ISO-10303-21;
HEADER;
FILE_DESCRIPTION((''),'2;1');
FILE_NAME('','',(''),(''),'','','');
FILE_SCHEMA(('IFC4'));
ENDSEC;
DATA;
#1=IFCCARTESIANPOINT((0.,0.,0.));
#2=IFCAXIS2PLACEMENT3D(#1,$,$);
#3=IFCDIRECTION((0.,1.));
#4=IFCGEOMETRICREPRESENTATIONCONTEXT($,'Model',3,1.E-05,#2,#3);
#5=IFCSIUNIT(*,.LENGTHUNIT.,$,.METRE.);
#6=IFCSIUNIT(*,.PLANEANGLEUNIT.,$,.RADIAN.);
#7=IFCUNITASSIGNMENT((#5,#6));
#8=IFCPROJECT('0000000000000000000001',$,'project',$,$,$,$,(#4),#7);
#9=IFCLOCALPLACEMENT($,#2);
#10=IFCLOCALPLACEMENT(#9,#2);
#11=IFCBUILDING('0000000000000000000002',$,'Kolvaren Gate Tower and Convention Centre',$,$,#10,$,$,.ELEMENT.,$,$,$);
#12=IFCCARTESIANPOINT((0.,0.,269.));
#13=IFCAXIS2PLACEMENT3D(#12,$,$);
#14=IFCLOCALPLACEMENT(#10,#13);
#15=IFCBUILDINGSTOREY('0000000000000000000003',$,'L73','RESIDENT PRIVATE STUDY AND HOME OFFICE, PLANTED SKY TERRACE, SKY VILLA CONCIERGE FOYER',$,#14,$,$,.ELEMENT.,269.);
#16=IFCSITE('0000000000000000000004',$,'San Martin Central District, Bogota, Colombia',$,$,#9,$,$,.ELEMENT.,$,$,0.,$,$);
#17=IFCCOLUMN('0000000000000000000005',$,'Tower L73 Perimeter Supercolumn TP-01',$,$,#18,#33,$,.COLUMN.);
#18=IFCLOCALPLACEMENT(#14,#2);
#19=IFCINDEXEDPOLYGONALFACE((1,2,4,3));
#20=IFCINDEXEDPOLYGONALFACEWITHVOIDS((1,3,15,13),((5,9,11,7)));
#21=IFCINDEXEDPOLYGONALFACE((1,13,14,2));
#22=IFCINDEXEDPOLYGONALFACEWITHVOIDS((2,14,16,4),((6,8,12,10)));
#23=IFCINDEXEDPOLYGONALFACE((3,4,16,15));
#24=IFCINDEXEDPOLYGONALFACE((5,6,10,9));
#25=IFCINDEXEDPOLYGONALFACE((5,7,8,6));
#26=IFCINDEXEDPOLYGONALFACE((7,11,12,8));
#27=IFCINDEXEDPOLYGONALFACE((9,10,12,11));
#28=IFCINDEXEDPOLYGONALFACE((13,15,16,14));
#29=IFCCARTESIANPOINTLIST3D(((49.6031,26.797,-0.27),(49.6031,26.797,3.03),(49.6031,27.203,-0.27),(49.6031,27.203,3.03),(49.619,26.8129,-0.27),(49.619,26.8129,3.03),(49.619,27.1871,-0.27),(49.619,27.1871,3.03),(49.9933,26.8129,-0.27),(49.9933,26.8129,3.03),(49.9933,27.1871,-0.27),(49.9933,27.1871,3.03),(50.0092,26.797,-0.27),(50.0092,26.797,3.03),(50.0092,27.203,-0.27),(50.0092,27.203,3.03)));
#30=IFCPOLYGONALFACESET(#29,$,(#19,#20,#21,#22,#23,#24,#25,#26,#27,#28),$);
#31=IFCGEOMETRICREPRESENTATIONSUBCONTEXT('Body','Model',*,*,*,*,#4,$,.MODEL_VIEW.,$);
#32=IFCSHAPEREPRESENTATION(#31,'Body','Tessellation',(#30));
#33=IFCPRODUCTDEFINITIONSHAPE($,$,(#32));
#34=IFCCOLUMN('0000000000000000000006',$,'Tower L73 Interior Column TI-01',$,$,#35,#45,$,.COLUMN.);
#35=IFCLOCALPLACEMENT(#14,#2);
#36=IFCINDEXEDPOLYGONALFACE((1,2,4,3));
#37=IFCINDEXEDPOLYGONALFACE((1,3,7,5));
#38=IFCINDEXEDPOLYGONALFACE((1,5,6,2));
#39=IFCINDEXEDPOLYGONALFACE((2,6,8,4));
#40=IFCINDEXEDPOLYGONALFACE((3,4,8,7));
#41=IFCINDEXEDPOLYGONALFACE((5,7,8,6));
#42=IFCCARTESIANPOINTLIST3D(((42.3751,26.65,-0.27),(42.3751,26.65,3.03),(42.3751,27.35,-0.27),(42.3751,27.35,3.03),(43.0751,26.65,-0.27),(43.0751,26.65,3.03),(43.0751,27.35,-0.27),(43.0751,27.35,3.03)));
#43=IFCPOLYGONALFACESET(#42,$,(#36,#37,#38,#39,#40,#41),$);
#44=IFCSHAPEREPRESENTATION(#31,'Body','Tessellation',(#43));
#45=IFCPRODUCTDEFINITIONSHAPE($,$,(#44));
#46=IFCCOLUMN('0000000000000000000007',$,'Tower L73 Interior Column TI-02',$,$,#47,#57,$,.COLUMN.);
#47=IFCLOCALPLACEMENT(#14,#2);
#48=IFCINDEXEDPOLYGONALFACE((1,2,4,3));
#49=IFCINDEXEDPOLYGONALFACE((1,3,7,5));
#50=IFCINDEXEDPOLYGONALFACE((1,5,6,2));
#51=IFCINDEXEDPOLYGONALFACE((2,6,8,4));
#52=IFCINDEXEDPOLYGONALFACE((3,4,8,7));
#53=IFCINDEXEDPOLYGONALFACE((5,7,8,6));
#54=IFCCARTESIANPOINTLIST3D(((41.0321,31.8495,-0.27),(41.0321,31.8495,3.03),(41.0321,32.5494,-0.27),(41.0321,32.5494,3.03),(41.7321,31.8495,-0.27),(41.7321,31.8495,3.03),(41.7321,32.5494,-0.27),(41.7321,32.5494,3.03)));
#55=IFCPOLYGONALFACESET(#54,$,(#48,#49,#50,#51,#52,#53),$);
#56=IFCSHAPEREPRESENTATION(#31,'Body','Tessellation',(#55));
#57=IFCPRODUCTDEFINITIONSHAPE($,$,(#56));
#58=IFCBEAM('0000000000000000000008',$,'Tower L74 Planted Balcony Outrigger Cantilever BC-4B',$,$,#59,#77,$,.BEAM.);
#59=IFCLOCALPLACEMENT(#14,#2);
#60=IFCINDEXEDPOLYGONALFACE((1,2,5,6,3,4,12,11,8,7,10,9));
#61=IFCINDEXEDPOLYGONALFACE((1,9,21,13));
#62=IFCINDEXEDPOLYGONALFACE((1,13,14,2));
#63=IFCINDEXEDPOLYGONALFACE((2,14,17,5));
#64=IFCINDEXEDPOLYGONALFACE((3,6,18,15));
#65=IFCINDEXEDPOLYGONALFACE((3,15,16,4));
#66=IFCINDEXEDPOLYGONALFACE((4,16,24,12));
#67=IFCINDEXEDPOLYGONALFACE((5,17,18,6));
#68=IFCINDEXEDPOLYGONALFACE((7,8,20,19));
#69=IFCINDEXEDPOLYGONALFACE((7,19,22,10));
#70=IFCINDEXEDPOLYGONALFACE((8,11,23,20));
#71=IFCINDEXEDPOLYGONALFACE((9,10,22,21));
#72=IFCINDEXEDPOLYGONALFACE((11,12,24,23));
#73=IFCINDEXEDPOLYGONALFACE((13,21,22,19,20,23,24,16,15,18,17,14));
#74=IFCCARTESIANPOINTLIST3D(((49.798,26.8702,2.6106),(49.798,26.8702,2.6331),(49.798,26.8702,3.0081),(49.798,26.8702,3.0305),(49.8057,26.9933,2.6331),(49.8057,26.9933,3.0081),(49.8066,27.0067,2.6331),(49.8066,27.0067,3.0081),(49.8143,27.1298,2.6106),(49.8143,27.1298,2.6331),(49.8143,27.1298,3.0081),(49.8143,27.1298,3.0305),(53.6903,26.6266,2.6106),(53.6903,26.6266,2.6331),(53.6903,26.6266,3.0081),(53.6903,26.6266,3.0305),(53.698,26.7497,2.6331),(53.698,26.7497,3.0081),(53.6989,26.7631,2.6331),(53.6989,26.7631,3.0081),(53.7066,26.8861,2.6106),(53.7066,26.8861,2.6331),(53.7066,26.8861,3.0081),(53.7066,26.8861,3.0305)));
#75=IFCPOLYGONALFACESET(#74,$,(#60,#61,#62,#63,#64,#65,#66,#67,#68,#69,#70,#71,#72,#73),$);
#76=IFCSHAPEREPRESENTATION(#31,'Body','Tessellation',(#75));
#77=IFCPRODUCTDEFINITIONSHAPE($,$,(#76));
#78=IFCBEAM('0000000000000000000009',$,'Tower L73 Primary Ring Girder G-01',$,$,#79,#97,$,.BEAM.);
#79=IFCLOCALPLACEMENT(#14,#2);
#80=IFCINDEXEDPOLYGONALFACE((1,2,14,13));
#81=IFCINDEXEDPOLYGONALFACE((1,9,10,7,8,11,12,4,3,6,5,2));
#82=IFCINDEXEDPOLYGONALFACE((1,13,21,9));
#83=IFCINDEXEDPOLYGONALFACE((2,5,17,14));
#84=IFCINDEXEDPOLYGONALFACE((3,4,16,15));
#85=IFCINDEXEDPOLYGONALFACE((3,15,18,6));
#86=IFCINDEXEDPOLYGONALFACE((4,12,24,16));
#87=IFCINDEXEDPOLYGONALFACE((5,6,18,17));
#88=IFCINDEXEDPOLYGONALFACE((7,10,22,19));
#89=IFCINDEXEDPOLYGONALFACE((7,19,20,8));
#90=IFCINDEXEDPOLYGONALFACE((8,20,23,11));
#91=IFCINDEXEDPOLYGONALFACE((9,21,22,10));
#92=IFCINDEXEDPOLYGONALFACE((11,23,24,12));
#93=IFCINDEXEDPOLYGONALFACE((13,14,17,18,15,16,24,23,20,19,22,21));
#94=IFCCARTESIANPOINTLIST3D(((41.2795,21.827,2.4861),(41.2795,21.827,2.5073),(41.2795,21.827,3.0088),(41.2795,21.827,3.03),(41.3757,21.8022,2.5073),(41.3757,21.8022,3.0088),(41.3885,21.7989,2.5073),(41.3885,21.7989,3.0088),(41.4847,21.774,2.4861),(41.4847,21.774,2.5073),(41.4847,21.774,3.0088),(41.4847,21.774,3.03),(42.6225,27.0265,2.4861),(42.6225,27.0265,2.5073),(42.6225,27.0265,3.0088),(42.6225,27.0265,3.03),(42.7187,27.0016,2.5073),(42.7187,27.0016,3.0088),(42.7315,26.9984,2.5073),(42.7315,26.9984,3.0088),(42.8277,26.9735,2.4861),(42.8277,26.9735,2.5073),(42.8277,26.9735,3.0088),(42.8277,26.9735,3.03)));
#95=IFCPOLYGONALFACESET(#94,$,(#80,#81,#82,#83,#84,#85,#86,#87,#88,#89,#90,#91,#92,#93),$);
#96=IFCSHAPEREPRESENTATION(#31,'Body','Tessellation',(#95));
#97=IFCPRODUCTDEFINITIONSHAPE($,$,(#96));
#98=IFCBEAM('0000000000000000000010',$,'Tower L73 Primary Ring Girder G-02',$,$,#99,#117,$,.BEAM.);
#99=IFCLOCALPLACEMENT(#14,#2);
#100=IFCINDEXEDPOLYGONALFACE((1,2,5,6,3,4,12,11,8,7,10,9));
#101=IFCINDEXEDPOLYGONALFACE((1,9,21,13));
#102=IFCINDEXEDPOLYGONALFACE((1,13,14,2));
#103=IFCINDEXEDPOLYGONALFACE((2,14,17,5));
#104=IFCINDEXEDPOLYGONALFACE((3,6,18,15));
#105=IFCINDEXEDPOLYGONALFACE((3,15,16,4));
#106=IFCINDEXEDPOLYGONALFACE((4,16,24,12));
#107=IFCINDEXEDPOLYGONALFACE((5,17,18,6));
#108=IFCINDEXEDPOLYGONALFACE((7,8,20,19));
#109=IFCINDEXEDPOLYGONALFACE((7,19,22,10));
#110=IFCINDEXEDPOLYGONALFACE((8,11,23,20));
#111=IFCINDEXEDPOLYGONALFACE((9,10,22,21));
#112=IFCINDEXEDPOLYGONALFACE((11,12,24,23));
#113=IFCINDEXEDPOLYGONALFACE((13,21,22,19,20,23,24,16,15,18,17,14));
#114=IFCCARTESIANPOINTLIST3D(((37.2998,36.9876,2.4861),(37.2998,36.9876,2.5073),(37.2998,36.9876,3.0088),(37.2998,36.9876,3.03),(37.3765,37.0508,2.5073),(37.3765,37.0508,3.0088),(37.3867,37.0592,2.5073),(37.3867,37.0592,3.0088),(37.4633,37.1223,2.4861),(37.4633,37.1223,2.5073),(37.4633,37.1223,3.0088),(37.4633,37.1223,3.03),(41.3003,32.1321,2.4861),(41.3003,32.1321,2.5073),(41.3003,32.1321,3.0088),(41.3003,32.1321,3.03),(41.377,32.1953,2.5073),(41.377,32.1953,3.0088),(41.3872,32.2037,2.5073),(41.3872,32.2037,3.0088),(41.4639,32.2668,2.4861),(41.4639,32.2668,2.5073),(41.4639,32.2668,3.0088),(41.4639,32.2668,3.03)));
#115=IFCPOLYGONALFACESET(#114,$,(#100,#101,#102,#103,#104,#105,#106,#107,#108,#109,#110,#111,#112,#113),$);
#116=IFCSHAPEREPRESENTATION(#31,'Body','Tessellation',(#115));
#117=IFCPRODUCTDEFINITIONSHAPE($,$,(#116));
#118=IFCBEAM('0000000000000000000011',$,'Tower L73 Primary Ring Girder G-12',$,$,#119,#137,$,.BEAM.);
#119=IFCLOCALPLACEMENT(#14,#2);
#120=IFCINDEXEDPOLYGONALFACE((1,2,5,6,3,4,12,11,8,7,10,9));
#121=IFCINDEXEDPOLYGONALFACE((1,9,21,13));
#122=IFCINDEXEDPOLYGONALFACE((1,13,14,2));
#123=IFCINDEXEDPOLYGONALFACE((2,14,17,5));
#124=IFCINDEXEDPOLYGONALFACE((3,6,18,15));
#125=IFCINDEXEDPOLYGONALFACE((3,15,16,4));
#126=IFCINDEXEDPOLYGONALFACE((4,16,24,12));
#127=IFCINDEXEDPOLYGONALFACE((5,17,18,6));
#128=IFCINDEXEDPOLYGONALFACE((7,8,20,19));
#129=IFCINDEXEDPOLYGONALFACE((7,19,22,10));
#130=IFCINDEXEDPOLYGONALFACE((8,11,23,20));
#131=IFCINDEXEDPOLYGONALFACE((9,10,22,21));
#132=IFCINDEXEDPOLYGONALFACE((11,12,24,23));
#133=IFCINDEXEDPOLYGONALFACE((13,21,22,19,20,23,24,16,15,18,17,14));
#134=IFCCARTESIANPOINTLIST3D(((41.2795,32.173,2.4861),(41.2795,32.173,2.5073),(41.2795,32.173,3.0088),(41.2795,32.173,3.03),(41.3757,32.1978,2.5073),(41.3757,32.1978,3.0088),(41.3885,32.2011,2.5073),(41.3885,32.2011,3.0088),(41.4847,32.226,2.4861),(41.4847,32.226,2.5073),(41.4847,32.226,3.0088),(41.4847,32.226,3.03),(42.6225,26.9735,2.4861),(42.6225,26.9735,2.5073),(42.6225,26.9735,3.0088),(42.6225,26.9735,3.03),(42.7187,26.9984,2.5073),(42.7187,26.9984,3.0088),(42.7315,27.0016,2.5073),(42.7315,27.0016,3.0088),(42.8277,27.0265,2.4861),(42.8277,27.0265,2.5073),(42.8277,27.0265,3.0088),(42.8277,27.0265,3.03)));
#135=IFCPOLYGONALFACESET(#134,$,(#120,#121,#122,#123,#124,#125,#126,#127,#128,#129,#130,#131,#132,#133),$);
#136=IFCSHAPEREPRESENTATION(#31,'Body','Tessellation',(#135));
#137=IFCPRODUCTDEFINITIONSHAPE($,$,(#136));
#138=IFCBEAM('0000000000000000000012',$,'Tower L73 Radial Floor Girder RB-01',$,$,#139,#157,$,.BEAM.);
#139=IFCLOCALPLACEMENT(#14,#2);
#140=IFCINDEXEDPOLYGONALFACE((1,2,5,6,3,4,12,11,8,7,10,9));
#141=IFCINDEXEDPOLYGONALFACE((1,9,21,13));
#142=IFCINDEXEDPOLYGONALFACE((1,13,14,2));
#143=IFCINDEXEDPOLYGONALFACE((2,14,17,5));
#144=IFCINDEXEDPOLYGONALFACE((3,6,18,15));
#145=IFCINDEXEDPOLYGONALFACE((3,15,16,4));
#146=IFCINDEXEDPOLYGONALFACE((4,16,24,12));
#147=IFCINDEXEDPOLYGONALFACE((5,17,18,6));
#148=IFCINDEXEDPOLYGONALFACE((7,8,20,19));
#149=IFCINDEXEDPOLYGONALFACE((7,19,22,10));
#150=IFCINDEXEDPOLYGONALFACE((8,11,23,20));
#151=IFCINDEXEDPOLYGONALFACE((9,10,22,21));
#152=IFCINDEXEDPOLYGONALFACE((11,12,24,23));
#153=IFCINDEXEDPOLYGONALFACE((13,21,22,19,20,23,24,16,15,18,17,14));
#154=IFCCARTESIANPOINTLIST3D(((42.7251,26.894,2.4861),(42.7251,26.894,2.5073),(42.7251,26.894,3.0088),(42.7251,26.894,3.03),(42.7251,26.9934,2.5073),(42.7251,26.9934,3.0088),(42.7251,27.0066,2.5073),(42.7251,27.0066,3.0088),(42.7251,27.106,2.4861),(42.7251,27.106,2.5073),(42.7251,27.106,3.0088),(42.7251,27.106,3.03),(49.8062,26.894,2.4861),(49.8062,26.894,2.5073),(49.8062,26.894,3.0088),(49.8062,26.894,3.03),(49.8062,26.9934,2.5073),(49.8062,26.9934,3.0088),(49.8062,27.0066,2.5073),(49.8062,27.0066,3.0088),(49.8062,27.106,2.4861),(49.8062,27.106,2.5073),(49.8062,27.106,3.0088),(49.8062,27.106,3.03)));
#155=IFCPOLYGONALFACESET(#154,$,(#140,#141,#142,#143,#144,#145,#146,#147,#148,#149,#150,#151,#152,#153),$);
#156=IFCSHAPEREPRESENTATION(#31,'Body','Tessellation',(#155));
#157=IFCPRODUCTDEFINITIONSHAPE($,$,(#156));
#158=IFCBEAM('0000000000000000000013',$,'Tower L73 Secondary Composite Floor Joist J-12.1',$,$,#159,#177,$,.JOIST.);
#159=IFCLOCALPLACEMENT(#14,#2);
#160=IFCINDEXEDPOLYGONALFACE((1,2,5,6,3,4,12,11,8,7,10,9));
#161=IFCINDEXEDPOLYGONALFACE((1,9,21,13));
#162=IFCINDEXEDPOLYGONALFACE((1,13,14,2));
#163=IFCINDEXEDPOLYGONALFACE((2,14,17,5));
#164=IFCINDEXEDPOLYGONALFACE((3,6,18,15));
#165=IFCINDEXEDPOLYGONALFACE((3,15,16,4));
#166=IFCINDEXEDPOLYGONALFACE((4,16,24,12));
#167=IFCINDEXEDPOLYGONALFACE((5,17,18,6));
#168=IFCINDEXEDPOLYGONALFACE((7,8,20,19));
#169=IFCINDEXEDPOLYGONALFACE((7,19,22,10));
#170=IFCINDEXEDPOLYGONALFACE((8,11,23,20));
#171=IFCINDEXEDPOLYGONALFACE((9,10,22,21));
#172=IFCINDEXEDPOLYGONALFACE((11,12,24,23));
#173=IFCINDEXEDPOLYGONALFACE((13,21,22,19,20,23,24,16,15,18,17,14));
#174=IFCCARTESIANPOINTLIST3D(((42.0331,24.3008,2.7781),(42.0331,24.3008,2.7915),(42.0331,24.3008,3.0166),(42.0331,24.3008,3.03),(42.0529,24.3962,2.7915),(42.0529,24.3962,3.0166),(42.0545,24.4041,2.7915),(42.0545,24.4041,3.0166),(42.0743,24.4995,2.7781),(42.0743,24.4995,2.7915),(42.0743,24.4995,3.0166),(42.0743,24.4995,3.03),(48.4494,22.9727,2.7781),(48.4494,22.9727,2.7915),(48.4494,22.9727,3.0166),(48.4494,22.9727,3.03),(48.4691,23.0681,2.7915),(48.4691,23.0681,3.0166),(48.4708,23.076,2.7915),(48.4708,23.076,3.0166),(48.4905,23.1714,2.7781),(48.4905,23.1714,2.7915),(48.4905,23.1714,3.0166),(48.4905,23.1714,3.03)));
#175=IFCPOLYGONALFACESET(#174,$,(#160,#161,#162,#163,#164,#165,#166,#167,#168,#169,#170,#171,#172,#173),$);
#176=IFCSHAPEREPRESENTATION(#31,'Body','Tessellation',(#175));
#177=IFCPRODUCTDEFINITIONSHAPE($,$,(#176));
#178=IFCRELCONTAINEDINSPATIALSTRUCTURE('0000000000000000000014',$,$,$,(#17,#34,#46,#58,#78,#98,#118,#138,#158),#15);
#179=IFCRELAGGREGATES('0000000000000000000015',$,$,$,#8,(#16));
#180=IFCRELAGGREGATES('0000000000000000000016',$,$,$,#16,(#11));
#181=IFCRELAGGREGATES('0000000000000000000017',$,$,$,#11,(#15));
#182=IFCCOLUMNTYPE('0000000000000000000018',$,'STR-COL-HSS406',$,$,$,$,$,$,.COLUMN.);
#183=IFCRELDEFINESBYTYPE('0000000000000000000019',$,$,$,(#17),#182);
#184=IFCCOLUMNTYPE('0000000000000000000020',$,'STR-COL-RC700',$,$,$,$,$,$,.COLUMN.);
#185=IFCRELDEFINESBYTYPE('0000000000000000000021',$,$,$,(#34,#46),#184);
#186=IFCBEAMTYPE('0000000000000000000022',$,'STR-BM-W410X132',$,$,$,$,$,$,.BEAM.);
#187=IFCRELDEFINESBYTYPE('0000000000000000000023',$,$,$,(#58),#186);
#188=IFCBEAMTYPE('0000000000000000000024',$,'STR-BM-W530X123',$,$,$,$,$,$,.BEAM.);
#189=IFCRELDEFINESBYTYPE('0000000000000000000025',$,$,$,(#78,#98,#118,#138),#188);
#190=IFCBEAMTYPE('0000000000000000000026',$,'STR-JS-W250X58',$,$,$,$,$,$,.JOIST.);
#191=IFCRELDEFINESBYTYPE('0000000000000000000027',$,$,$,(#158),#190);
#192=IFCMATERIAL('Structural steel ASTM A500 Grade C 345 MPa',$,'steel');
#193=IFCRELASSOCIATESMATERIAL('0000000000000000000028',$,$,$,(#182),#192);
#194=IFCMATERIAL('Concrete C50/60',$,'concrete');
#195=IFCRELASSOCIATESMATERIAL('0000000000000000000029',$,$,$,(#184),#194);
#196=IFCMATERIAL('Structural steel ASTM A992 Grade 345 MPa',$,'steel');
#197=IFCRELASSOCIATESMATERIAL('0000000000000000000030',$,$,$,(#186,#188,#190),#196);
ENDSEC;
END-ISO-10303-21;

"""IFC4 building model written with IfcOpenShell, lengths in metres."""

from ifc_helpers import new_model, si_unit, direction, frame, origin, origin_2d, place, context, subcontext, project, spatial, rectangle, hollow_rectangle, i_section, extrude, material, material_profile, profile_set, type_object, element, save


model = new_model("IFC4")

# Units and contexts
model_context = context("Model", 3, precision=1e-05, world=origin(), true_north=direction((0.0, 1.0)))
body_context = subcontext(model_context, "Body", "Model", "MODEL_VIEW")
ifc_project = project(units=[si_unit("LENGTHUNIT", "METRE"), si_unit("PLANEANGLEUNIT", "RADIAN")], contexts=[model_context])

# Site, building, storey
site_placement = place(None, origin())
site = spatial("IfcSite", under=ifc_project, at=site_placement, Name="San Martin Central District, Bogota, Colombia", CompositionType="ELEMENT", RefElevation=0.0)
building_placement = place(site_placement, origin())
building = spatial("IfcBuilding", under=site, at=building_placement, Name="Kolvaren Gate Tower and Convention Centre", CompositionType="ELEMENT")
storey_placement = place(building_placement, frame((0.0, 0.0, 269.0)))
storey = spatial("IfcBuildingStorey", under=building, at=storey_placement, Name="L73", Description="RESIDENT PRIVATE STUDY AND HOME OFFICE, PLANTED SKY TERRACE, SKY VILLA CONCIERGE FOYER", CompositionType="ELEMENT", Elevation=269.0)

# Columns
ifc_material_1 = material(Name="Structural steel ASTM A500 Grade C 345 MPa", Category="steel")
ifc_material_profile_1 = material_profile(ifc_material_1, hollow_rectangle(XDim=0.406, YDim=0.406, WallThickness=0.0159, at=origin_2d()), Name="HSS406X406X15.9")
ifc_profile_set_1 = profile_set([ifc_material_profile_1], Name="Structural steel ASTM A500 Grade C 345 MPa")
column_type_1 = type_object("IfcColumnType", Name="STR-COL-HSS406", PredefinedType="COLUMN", material=ifc_profile_set_1)
column_placement = place(storey_placement, frame((49.8062, 27.0, -0.27), z_axis=(0.0, 0.0, 1.0), x_axis=(1.0, 0.0, 0.0)))
element("IfcColumn", 1, at=column_placement, inside=storey, type_object=column_type_1, Name="Tower L73 Perimeter Supercolumn TP-01", PredefinedType="COLUMN", context=body_context, shape_type="SweptSolid", body=[
    extrude(hollow_rectangle(XDim=0.406, YDim=0.406, WallThickness=0.0159, at=origin_2d()), origin(), (0.0, 0.0, 1.0), 3.3),
])
ifc_material_2 = material(Name="Concrete C50/60", Category="concrete")
ifc_material_profile_2 = material_profile(ifc_material_2, rectangle(XDim=0.7, YDim=0.7, at=origin_2d()), Name="RC-COL-700X700")
ifc_profile_set_2 = profile_set([ifc_material_profile_2], Name="Concrete C50/60")
column_type_2 = type_object("IfcColumnType", Name="STR-COL-RC700", PredefinedType="COLUMN", material=ifc_profile_set_2)
for number, where, z_axis, x_axis, name in (
    (2, (42.7251, 27.0, -0.27), (0.0, 0.0, 1.0), (1.0, 0.0, 0.0), "Tower L73 Interior Column TI-01"),
    (3, (41.3821, 32.1995, -0.27), (0.0, 0.0, 1.0), (1.0, 0.0, 0.0), "Tower L73 Interior Column TI-02"),
):
    element("IfcColumn", number, at=place(storey_placement, frame(where, z_axis=z_axis, x_axis=x_axis)), inside=storey, type_object=column_type_2, Name=name, PredefinedType="COLUMN", context=body_context, shape_type="SweptSolid", body=[
        extrude(rectangle(XDim=0.7, YDim=0.7, at=origin_2d()), origin(), (0.0, 0.0, 1.0), 3.3),
    ])

# Beams
ifc_material_3 = material(Name="Structural steel ASTM A992 Grade 345 MPa", Category="steel")
ifc_material_profile_3 = material_profile(ifc_material_3, i_section(OverallWidth=0.26, OverallDepth=0.4199, WebThickness=0.0134, FlangeThickness=0.0225, at=origin_2d()), Name="W410X132")
ifc_profile_set_3 = profile_set([ifc_material_profile_3], Name="Structural steel ASTM A992 Grade 345 MPa")
beam_type_1 = type_object("IfcBeamType", Name="STR-BM-W410X132", PredefinedType="BEAM", material=ifc_profile_set_3)
beam_1_placement = place(storey_placement, frame((49.8062, 27.0, 2.8206), z_axis=(0.998046, -0.062476, 0.0), x_axis=(0.062476, 0.998046, 0.0)))
element("IfcBeam", 4, at=beam_1_placement, inside=storey, type_object=beam_type_1, Name="Tower L74 Planted Balcony Outrigger Cantilever BC-4B", PredefinedType="BEAM", context=body_context, shape_type="SweptSolid", body=[
    extrude(i_section(OverallWidth=0.26, OverallDepth=0.4199, WebThickness=0.0134, FlangeThickness=0.0225, at=origin_2d()), origin(), (0.0, 0.0, 1.0), 3.8999),
])
ifc_material_profile_4 = material_profile(ifc_material_3, i_section(OverallWidth=0.2119, OverallDepth=0.5439, WebThickness=0.0132, FlangeThickness=0.0212, at=origin_2d()), Name="W530X123")
ifc_profile_set_4 = profile_set([ifc_material_profile_4], Name="Structural steel ASTM A992 Grade 345 MPa")
beam_type_2 = type_object("IfcBeamType", Name="STR-BM-W530X123", PredefinedType="BEAM", material=ifc_profile_set_4)
beam_2_placement = place(storey_placement, frame((42.7251, 27.0, 2.7581), z_axis=(-0.250091, -0.968222, 0.0), x_axis=(0.968222, -0.250091, 0.0)))
element("IfcBeam", 5, at=beam_2_placement, inside=storey, type_object=beam_type_2, Name="Tower L73 Primary Ring Girder G-01", PredefinedType="BEAM", context=body_context, shape_type="SweptSolid", body=[
    extrude(i_section(OverallWidth=0.2119, OverallDepth=0.5439, WebThickness=0.0132, FlangeThickness=0.0212, at=origin_2d()), origin(), (0.0, 0.0, 1.0), 5.3701),
])
beam_3_placement = place(storey_placement, frame((41.3821, 32.1995, 2.7581), z_axis=(-0.635884, 0.771785, 0.0), x_axis=(-0.771785, -0.635884, 0.0)))
element("IfcBeam", 6, at=beam_3_placement, inside=storey, type_object=beam_type_2, Name="Tower L73 Primary Ring Girder G-02", PredefinedType="BEAM", context=body_context, shape_type="SweptSolid", body=[
    extrude(i_section(OverallWidth=0.2119, OverallDepth=0.5439, WebThickness=0.0132, FlangeThickness=0.0212, at=origin_2d()), origin(), (0.0, 0.0, 1.0), 6.2913),
])
beam_4_placement = place(storey_placement, frame((42.7251, 27.0, 2.7581), z_axis=(-0.250091, 0.968222, 0.0), x_axis=(-0.968222, -0.250091, 0.0)))
element("IfcBeam", 7, at=beam_4_placement, inside=storey, type_object=beam_type_2, Name="Tower L73 Primary Ring Girder G-12", PredefinedType="BEAM", context=body_context, shape_type="SweptSolid", body=[
    extrude(i_section(OverallWidth=0.2119, OverallDepth=0.5439, WebThickness=0.0132, FlangeThickness=0.0212, at=origin_2d()), origin(), (0.0, 0.0, 1.0), 5.3701),
])
beam_5_placement = place(storey_placement, frame((42.7251, 27.0, 2.7581), z_axis=(1.0, 0.0, 0.0), x_axis=(0.0, 1.0, 0.0)))
element("IfcBeam", 8, at=beam_5_placement, inside=storey, type_object=beam_type_2, Name="Tower L73 Radial Floor Girder RB-01", PredefinedType="BEAM", context=body_context, shape_type="SweptSolid", body=[
    extrude(i_section(OverallWidth=0.2119, OverallDepth=0.5439, WebThickness=0.0132, FlangeThickness=0.0212, at=origin_2d()), origin(), (0.0, 0.0, 1.0), 7.0811),
])
ifc_material_profile_5 = material_profile(ifc_material_3, i_section(OverallWidth=0.2029, OverallDepth=0.252, WebThickness=0.0081, FlangeThickness=0.0134, at=origin_2d()), Name="W250X58")
ifc_profile_set_5 = profile_set([ifc_material_profile_5], Name="Structural steel ASTM A992 Grade 345 MPa")
beam_type_3 = type_object("IfcBeamType", Name="STR-JS-W250X58", PredefinedType="JOIST", material=ifc_profile_set_5)
beam_6_placement = place(storey_placement, frame((42.0537, 24.4001, 2.9041), z_axis=(0.979242, -0.202697, 0.0), x_axis=(0.202697, 0.979242, 0.0)))
element("IfcBeam", 9, at=beam_6_placement, inside=storey, type_object=beam_type_3, Name="Tower L73 Secondary Composite Floor Joist J-12.1", PredefinedType="JOIST", context=body_context, shape_type="SweptSolid", body=[
    extrude(i_section(OverallWidth=0.2029, OverallDepth=0.252, WebThickness=0.0081, FlangeThickness=0.0134, at=origin_2d()), origin(), (0.0, 0.0, 1.0), 6.5522),
])

save(model, "model.ifc")
